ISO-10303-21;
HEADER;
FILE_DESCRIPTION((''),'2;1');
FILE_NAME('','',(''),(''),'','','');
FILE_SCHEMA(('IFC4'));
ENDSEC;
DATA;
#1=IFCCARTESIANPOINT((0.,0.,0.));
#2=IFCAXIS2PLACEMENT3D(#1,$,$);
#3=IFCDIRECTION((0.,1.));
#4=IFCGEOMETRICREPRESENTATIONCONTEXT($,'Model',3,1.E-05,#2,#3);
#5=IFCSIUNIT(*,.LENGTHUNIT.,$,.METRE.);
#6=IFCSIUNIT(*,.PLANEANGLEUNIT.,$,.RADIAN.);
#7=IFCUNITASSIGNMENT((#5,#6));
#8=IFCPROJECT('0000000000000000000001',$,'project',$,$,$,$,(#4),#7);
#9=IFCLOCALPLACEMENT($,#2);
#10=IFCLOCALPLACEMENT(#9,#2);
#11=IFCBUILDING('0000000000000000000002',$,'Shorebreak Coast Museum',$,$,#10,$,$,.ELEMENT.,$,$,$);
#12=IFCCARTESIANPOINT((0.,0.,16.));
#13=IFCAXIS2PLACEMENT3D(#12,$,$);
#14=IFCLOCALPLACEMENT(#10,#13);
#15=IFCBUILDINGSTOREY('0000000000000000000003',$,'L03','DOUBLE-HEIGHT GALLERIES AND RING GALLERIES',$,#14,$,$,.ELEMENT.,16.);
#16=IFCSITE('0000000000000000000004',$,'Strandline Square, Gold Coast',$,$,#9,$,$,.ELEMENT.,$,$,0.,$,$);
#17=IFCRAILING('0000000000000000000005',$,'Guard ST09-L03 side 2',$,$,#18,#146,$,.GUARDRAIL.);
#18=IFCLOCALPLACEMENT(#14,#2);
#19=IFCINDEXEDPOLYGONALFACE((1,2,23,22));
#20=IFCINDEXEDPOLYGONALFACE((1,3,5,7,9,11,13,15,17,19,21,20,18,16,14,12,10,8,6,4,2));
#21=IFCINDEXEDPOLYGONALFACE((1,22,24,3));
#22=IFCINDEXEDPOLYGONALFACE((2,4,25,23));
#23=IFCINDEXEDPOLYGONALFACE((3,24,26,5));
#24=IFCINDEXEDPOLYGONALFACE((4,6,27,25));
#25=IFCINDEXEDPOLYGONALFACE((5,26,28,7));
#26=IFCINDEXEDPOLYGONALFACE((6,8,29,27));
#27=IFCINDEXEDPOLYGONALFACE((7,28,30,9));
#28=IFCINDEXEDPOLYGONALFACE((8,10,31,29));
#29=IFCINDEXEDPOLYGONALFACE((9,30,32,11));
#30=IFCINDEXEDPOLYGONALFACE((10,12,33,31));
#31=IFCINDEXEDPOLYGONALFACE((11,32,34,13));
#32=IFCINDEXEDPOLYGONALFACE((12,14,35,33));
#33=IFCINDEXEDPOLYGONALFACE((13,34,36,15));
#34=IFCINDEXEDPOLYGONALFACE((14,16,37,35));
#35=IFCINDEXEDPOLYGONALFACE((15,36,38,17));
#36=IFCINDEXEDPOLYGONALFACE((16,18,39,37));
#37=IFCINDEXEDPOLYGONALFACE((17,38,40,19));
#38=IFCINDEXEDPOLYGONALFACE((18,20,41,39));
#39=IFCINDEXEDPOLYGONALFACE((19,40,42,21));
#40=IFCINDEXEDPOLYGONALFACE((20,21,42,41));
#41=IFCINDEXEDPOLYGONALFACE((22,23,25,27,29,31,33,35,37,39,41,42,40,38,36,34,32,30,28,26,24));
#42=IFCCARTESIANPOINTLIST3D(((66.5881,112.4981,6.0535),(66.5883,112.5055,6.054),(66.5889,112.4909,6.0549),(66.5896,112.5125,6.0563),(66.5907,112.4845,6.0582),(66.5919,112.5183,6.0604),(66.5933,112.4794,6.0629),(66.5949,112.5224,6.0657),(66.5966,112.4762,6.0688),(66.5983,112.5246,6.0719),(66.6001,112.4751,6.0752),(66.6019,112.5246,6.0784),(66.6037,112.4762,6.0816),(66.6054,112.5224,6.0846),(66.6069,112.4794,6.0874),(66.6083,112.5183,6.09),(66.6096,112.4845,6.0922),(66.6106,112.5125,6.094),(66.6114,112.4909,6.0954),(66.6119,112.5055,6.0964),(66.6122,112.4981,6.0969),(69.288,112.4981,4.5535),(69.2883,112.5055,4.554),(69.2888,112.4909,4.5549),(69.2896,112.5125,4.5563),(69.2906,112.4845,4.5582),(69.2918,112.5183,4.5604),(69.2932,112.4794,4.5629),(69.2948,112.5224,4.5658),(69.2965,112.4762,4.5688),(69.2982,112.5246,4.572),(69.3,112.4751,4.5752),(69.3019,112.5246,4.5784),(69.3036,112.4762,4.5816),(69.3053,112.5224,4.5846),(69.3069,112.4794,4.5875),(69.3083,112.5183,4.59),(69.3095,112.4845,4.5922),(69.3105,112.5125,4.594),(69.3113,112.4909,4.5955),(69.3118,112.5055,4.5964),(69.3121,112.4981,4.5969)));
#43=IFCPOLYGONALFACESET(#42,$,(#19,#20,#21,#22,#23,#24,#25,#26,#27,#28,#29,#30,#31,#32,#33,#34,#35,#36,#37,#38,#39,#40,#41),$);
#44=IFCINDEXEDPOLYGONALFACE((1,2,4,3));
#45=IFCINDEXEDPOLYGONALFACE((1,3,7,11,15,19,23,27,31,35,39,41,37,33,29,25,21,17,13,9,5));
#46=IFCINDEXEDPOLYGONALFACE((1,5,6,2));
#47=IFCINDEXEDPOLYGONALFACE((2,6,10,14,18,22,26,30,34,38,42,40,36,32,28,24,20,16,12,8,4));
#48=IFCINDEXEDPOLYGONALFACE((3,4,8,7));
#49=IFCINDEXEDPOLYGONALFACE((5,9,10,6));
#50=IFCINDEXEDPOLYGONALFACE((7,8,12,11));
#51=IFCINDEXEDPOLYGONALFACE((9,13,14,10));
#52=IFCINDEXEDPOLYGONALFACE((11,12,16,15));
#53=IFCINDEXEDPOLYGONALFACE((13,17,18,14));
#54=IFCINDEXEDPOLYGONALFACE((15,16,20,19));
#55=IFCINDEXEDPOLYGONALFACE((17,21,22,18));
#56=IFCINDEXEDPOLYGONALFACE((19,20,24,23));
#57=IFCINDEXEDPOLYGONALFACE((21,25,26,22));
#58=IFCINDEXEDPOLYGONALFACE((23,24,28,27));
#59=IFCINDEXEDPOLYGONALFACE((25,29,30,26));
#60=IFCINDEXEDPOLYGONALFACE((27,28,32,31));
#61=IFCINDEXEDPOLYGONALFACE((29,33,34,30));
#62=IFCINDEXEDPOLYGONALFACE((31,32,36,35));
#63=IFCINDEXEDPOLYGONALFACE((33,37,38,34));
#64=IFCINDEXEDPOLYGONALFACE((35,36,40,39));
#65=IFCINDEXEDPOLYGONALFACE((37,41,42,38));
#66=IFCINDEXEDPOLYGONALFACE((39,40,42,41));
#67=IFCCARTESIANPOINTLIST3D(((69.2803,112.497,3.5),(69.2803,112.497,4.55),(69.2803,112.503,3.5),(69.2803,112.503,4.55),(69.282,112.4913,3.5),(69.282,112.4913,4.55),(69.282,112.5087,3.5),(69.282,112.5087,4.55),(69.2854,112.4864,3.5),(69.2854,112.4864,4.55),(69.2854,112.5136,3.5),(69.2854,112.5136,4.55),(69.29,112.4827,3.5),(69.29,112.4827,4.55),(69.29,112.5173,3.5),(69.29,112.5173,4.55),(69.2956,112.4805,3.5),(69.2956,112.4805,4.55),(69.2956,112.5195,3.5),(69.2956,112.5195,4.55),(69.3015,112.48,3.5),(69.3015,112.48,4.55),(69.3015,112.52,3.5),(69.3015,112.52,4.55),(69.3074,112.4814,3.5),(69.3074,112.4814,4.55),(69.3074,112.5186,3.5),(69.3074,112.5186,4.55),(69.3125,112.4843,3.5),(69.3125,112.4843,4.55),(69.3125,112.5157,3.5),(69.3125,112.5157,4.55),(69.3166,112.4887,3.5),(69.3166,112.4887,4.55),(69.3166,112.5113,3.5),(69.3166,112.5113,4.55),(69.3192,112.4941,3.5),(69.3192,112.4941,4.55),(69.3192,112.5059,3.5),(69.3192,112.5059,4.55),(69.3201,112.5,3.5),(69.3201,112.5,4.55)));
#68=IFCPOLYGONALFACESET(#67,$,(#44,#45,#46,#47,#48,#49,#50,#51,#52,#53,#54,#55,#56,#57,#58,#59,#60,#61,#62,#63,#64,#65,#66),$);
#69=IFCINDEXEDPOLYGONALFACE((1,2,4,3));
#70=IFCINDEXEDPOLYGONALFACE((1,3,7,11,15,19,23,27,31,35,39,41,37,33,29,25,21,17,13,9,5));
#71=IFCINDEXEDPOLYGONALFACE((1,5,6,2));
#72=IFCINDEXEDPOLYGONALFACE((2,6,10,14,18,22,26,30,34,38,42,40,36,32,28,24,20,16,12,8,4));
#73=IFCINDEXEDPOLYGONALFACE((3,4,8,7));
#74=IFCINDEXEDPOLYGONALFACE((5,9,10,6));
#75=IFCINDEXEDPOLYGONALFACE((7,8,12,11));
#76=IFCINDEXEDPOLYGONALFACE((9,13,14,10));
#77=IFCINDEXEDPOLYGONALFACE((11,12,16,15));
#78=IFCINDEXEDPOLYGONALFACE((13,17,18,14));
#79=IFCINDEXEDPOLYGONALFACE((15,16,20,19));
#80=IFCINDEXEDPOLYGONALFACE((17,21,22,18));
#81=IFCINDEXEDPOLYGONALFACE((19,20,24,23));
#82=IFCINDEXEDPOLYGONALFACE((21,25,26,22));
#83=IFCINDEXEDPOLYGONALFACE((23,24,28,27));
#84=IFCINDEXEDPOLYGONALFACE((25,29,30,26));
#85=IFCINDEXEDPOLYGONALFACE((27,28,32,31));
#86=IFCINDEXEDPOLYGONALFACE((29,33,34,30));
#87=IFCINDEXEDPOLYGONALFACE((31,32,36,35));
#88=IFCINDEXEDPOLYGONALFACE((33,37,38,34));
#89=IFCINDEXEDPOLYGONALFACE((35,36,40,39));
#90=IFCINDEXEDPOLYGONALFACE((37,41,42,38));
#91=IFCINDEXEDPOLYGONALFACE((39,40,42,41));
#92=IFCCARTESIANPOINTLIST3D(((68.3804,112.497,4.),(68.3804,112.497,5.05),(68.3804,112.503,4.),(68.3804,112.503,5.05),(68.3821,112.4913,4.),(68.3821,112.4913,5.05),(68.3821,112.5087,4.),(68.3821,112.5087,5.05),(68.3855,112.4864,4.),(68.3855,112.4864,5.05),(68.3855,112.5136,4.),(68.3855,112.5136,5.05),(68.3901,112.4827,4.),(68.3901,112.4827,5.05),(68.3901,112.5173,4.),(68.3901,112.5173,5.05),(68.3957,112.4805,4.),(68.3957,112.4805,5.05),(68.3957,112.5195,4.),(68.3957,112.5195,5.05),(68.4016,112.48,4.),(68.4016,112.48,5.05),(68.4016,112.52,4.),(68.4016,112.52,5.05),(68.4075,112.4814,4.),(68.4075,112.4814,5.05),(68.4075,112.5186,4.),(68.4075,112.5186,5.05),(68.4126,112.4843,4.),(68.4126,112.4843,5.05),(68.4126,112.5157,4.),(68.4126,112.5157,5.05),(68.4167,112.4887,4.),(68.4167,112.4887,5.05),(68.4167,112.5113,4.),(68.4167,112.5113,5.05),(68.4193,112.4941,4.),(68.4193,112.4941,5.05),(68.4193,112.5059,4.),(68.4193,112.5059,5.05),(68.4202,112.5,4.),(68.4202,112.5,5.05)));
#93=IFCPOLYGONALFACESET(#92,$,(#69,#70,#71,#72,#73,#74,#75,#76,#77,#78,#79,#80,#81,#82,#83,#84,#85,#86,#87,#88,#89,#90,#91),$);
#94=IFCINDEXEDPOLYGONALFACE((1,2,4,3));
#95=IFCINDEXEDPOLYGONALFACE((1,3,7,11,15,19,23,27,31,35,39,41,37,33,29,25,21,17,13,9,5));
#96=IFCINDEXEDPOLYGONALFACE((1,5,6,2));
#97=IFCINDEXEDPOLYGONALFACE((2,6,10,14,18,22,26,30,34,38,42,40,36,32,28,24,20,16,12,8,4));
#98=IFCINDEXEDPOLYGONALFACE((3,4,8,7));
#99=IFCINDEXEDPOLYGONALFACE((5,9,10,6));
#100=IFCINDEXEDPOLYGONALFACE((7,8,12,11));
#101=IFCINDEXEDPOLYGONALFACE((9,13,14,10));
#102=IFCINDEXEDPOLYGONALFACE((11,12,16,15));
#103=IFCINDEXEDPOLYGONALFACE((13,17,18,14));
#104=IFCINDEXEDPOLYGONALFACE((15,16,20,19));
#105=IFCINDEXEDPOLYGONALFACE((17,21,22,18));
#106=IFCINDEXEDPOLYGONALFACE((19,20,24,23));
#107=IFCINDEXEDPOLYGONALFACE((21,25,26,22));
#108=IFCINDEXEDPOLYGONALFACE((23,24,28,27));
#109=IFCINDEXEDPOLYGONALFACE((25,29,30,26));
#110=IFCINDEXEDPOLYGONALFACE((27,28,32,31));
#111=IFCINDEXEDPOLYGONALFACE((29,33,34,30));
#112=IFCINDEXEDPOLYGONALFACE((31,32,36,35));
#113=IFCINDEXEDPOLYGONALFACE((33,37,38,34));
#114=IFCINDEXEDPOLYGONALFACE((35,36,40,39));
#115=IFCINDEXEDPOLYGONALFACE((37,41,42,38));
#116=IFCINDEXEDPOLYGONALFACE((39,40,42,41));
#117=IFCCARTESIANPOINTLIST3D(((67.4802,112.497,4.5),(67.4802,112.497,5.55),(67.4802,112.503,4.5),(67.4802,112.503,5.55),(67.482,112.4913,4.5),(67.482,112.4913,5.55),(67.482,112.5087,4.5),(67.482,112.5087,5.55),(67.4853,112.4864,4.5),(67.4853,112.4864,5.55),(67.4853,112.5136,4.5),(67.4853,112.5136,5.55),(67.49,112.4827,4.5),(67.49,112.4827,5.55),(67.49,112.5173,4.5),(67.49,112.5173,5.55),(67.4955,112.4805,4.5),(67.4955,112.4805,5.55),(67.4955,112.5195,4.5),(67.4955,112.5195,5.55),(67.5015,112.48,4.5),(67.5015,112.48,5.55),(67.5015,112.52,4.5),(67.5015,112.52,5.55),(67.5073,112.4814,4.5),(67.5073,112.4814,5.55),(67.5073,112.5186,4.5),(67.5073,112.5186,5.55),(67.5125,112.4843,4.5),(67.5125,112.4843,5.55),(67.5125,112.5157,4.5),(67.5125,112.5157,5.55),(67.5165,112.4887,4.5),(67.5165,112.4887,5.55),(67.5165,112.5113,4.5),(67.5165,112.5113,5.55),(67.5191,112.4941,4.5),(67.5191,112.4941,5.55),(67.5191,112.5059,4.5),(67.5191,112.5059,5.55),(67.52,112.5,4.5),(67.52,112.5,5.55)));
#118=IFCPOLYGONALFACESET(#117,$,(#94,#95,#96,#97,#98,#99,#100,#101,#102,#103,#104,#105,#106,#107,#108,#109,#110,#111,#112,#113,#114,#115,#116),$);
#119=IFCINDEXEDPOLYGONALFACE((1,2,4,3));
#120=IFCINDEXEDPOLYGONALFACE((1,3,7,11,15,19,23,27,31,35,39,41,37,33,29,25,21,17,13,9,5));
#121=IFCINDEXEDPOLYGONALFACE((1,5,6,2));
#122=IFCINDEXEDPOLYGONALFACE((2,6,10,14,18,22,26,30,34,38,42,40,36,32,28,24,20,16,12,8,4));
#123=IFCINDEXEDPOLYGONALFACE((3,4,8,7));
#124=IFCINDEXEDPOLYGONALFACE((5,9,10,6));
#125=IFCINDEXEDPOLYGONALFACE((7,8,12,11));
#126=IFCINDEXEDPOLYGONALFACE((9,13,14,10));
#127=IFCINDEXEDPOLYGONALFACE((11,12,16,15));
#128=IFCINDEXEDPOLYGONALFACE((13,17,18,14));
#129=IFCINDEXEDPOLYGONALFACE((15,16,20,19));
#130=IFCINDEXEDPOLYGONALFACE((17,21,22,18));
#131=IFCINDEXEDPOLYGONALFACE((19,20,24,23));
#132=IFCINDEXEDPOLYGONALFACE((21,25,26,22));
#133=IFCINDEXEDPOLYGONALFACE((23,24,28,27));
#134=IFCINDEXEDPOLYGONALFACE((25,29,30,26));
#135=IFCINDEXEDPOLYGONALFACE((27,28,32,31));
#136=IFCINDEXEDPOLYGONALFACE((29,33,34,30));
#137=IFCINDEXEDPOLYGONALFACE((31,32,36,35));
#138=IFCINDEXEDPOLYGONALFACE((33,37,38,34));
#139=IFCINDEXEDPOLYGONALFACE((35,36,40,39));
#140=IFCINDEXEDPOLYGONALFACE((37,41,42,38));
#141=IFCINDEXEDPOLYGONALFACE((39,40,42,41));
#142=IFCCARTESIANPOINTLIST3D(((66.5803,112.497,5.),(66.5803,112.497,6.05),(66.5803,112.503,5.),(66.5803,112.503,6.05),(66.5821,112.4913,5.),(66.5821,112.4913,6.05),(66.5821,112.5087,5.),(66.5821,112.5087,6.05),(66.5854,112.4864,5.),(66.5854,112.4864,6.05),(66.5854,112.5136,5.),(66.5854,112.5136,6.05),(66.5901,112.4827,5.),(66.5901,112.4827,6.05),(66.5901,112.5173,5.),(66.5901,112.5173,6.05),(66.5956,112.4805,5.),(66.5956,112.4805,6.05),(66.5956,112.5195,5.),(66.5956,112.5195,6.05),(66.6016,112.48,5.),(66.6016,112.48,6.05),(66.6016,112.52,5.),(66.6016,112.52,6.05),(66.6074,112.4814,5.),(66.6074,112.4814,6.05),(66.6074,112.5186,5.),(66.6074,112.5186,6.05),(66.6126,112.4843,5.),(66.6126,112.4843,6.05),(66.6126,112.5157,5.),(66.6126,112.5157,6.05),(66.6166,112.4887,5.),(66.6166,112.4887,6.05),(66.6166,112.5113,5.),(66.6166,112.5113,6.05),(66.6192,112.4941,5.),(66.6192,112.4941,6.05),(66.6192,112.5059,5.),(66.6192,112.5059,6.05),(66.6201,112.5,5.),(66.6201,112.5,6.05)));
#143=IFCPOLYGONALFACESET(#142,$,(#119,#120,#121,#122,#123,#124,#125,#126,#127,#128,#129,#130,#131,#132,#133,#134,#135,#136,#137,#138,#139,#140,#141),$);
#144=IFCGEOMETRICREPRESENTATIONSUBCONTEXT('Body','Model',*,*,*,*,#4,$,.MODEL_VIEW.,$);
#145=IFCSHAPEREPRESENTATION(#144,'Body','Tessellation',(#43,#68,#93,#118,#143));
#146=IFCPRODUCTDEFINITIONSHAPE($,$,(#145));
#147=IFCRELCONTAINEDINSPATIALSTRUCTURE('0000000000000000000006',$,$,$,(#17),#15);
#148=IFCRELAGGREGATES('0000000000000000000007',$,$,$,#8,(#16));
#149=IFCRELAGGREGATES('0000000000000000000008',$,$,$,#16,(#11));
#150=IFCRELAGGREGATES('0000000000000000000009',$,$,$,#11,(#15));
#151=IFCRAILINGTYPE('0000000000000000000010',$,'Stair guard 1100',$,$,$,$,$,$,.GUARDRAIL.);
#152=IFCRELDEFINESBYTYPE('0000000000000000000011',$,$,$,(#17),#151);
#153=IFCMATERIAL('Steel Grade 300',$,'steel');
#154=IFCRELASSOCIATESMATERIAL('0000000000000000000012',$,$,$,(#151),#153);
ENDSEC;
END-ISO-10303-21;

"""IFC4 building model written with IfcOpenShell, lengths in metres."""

from ifc_helpers import new_model, si_unit, direction, frame, origin, origin_2d, place, context, subcontext, project, spatial, circle, extrude, material, type_object, element, save


model = new_model("IFC4")

# Units and contexts
model_context = context("Model", 3, precision=1e-05, world=origin(), true_north=direction((0.0, 1.0)))
body_context = subcontext(model_context, "Body", "Model", "MODEL_VIEW")
ifc_project = project(units=[si_unit("LENGTHUNIT", "METRE"), si_unit("PLANEANGLEUNIT", "RADIAN")], contexts=[model_context])

# Site, building, storey
site_placement = place(None, origin())
site = spatial("IfcSite", under=ifc_project, at=site_placement, Name="Strandline Square, Gold Coast", CompositionType="ELEMENT", RefElevation=0.0)
building_placement = place(site_placement, origin())
building = spatial("IfcBuilding", under=site, at=building_placement, Name="Shorebreak Coast Museum", CompositionType="ELEMENT")
storey_placement = place(building_placement, frame((0.0, 0.0, 16.0)))
storey = spatial("IfcBuildingStorey", under=building, at=storey_placement, Name="L03", Description="DOUBLE-HEIGHT GALLERIES AND RING GALLERIES", CompositionType="ELEMENT", Elevation=16.0)

# Railing
ifc_material_1 = material(Name="Steel Grade 300", Category="steel")
railing_type_1 = type_object("IfcRailingType", Name="Stair guard 1100", PredefinedType="GUARDRAIL", material=ifc_material_1)
railing_1_placement = place(storey_placement, frame((69.3, 112.5, 3.5)))
element("IfcRailing", 1, at=railing_1_placement, inside=storey, type_object=railing_type_1, Name="Guard ST09-L03 side 2", PredefinedType="GUARDRAIL", context=body_context, shape_type="SweptSolid", body=[
    extrude(circle(Radius=0.0249, at=origin_2d()), frame((0.0, 0.0, 1.0752), z_axis=(-0.874154, 0.0, 0.48565), x_axis=(0.0, -1.0, 0.0)), (0.0, 0.0, 1.0), 3.0886),
    extrude(circle(Radius=0.02, at=origin_2d()), origin(), (0.0, 0.0, 1.0), 1.05),
    extrude(circle(Radius=0.02, at=origin_2d()), frame((-0.8999, 0.0, 0.5)), (0.0, 0.0, 1.0), 1.05),
    extrude(circle(Radius=0.02, at=origin_2d()), frame((-1.8, 0.0, 1.0)), (0.0, 0.0, 1.0), 1.05),
    extrude(circle(Radius=0.02, at=origin_2d()), frame((-2.7, 0.0, 1.5)), (0.0, 0.0, 1.0), 1.05),
])

save(model, "model.ifc")
